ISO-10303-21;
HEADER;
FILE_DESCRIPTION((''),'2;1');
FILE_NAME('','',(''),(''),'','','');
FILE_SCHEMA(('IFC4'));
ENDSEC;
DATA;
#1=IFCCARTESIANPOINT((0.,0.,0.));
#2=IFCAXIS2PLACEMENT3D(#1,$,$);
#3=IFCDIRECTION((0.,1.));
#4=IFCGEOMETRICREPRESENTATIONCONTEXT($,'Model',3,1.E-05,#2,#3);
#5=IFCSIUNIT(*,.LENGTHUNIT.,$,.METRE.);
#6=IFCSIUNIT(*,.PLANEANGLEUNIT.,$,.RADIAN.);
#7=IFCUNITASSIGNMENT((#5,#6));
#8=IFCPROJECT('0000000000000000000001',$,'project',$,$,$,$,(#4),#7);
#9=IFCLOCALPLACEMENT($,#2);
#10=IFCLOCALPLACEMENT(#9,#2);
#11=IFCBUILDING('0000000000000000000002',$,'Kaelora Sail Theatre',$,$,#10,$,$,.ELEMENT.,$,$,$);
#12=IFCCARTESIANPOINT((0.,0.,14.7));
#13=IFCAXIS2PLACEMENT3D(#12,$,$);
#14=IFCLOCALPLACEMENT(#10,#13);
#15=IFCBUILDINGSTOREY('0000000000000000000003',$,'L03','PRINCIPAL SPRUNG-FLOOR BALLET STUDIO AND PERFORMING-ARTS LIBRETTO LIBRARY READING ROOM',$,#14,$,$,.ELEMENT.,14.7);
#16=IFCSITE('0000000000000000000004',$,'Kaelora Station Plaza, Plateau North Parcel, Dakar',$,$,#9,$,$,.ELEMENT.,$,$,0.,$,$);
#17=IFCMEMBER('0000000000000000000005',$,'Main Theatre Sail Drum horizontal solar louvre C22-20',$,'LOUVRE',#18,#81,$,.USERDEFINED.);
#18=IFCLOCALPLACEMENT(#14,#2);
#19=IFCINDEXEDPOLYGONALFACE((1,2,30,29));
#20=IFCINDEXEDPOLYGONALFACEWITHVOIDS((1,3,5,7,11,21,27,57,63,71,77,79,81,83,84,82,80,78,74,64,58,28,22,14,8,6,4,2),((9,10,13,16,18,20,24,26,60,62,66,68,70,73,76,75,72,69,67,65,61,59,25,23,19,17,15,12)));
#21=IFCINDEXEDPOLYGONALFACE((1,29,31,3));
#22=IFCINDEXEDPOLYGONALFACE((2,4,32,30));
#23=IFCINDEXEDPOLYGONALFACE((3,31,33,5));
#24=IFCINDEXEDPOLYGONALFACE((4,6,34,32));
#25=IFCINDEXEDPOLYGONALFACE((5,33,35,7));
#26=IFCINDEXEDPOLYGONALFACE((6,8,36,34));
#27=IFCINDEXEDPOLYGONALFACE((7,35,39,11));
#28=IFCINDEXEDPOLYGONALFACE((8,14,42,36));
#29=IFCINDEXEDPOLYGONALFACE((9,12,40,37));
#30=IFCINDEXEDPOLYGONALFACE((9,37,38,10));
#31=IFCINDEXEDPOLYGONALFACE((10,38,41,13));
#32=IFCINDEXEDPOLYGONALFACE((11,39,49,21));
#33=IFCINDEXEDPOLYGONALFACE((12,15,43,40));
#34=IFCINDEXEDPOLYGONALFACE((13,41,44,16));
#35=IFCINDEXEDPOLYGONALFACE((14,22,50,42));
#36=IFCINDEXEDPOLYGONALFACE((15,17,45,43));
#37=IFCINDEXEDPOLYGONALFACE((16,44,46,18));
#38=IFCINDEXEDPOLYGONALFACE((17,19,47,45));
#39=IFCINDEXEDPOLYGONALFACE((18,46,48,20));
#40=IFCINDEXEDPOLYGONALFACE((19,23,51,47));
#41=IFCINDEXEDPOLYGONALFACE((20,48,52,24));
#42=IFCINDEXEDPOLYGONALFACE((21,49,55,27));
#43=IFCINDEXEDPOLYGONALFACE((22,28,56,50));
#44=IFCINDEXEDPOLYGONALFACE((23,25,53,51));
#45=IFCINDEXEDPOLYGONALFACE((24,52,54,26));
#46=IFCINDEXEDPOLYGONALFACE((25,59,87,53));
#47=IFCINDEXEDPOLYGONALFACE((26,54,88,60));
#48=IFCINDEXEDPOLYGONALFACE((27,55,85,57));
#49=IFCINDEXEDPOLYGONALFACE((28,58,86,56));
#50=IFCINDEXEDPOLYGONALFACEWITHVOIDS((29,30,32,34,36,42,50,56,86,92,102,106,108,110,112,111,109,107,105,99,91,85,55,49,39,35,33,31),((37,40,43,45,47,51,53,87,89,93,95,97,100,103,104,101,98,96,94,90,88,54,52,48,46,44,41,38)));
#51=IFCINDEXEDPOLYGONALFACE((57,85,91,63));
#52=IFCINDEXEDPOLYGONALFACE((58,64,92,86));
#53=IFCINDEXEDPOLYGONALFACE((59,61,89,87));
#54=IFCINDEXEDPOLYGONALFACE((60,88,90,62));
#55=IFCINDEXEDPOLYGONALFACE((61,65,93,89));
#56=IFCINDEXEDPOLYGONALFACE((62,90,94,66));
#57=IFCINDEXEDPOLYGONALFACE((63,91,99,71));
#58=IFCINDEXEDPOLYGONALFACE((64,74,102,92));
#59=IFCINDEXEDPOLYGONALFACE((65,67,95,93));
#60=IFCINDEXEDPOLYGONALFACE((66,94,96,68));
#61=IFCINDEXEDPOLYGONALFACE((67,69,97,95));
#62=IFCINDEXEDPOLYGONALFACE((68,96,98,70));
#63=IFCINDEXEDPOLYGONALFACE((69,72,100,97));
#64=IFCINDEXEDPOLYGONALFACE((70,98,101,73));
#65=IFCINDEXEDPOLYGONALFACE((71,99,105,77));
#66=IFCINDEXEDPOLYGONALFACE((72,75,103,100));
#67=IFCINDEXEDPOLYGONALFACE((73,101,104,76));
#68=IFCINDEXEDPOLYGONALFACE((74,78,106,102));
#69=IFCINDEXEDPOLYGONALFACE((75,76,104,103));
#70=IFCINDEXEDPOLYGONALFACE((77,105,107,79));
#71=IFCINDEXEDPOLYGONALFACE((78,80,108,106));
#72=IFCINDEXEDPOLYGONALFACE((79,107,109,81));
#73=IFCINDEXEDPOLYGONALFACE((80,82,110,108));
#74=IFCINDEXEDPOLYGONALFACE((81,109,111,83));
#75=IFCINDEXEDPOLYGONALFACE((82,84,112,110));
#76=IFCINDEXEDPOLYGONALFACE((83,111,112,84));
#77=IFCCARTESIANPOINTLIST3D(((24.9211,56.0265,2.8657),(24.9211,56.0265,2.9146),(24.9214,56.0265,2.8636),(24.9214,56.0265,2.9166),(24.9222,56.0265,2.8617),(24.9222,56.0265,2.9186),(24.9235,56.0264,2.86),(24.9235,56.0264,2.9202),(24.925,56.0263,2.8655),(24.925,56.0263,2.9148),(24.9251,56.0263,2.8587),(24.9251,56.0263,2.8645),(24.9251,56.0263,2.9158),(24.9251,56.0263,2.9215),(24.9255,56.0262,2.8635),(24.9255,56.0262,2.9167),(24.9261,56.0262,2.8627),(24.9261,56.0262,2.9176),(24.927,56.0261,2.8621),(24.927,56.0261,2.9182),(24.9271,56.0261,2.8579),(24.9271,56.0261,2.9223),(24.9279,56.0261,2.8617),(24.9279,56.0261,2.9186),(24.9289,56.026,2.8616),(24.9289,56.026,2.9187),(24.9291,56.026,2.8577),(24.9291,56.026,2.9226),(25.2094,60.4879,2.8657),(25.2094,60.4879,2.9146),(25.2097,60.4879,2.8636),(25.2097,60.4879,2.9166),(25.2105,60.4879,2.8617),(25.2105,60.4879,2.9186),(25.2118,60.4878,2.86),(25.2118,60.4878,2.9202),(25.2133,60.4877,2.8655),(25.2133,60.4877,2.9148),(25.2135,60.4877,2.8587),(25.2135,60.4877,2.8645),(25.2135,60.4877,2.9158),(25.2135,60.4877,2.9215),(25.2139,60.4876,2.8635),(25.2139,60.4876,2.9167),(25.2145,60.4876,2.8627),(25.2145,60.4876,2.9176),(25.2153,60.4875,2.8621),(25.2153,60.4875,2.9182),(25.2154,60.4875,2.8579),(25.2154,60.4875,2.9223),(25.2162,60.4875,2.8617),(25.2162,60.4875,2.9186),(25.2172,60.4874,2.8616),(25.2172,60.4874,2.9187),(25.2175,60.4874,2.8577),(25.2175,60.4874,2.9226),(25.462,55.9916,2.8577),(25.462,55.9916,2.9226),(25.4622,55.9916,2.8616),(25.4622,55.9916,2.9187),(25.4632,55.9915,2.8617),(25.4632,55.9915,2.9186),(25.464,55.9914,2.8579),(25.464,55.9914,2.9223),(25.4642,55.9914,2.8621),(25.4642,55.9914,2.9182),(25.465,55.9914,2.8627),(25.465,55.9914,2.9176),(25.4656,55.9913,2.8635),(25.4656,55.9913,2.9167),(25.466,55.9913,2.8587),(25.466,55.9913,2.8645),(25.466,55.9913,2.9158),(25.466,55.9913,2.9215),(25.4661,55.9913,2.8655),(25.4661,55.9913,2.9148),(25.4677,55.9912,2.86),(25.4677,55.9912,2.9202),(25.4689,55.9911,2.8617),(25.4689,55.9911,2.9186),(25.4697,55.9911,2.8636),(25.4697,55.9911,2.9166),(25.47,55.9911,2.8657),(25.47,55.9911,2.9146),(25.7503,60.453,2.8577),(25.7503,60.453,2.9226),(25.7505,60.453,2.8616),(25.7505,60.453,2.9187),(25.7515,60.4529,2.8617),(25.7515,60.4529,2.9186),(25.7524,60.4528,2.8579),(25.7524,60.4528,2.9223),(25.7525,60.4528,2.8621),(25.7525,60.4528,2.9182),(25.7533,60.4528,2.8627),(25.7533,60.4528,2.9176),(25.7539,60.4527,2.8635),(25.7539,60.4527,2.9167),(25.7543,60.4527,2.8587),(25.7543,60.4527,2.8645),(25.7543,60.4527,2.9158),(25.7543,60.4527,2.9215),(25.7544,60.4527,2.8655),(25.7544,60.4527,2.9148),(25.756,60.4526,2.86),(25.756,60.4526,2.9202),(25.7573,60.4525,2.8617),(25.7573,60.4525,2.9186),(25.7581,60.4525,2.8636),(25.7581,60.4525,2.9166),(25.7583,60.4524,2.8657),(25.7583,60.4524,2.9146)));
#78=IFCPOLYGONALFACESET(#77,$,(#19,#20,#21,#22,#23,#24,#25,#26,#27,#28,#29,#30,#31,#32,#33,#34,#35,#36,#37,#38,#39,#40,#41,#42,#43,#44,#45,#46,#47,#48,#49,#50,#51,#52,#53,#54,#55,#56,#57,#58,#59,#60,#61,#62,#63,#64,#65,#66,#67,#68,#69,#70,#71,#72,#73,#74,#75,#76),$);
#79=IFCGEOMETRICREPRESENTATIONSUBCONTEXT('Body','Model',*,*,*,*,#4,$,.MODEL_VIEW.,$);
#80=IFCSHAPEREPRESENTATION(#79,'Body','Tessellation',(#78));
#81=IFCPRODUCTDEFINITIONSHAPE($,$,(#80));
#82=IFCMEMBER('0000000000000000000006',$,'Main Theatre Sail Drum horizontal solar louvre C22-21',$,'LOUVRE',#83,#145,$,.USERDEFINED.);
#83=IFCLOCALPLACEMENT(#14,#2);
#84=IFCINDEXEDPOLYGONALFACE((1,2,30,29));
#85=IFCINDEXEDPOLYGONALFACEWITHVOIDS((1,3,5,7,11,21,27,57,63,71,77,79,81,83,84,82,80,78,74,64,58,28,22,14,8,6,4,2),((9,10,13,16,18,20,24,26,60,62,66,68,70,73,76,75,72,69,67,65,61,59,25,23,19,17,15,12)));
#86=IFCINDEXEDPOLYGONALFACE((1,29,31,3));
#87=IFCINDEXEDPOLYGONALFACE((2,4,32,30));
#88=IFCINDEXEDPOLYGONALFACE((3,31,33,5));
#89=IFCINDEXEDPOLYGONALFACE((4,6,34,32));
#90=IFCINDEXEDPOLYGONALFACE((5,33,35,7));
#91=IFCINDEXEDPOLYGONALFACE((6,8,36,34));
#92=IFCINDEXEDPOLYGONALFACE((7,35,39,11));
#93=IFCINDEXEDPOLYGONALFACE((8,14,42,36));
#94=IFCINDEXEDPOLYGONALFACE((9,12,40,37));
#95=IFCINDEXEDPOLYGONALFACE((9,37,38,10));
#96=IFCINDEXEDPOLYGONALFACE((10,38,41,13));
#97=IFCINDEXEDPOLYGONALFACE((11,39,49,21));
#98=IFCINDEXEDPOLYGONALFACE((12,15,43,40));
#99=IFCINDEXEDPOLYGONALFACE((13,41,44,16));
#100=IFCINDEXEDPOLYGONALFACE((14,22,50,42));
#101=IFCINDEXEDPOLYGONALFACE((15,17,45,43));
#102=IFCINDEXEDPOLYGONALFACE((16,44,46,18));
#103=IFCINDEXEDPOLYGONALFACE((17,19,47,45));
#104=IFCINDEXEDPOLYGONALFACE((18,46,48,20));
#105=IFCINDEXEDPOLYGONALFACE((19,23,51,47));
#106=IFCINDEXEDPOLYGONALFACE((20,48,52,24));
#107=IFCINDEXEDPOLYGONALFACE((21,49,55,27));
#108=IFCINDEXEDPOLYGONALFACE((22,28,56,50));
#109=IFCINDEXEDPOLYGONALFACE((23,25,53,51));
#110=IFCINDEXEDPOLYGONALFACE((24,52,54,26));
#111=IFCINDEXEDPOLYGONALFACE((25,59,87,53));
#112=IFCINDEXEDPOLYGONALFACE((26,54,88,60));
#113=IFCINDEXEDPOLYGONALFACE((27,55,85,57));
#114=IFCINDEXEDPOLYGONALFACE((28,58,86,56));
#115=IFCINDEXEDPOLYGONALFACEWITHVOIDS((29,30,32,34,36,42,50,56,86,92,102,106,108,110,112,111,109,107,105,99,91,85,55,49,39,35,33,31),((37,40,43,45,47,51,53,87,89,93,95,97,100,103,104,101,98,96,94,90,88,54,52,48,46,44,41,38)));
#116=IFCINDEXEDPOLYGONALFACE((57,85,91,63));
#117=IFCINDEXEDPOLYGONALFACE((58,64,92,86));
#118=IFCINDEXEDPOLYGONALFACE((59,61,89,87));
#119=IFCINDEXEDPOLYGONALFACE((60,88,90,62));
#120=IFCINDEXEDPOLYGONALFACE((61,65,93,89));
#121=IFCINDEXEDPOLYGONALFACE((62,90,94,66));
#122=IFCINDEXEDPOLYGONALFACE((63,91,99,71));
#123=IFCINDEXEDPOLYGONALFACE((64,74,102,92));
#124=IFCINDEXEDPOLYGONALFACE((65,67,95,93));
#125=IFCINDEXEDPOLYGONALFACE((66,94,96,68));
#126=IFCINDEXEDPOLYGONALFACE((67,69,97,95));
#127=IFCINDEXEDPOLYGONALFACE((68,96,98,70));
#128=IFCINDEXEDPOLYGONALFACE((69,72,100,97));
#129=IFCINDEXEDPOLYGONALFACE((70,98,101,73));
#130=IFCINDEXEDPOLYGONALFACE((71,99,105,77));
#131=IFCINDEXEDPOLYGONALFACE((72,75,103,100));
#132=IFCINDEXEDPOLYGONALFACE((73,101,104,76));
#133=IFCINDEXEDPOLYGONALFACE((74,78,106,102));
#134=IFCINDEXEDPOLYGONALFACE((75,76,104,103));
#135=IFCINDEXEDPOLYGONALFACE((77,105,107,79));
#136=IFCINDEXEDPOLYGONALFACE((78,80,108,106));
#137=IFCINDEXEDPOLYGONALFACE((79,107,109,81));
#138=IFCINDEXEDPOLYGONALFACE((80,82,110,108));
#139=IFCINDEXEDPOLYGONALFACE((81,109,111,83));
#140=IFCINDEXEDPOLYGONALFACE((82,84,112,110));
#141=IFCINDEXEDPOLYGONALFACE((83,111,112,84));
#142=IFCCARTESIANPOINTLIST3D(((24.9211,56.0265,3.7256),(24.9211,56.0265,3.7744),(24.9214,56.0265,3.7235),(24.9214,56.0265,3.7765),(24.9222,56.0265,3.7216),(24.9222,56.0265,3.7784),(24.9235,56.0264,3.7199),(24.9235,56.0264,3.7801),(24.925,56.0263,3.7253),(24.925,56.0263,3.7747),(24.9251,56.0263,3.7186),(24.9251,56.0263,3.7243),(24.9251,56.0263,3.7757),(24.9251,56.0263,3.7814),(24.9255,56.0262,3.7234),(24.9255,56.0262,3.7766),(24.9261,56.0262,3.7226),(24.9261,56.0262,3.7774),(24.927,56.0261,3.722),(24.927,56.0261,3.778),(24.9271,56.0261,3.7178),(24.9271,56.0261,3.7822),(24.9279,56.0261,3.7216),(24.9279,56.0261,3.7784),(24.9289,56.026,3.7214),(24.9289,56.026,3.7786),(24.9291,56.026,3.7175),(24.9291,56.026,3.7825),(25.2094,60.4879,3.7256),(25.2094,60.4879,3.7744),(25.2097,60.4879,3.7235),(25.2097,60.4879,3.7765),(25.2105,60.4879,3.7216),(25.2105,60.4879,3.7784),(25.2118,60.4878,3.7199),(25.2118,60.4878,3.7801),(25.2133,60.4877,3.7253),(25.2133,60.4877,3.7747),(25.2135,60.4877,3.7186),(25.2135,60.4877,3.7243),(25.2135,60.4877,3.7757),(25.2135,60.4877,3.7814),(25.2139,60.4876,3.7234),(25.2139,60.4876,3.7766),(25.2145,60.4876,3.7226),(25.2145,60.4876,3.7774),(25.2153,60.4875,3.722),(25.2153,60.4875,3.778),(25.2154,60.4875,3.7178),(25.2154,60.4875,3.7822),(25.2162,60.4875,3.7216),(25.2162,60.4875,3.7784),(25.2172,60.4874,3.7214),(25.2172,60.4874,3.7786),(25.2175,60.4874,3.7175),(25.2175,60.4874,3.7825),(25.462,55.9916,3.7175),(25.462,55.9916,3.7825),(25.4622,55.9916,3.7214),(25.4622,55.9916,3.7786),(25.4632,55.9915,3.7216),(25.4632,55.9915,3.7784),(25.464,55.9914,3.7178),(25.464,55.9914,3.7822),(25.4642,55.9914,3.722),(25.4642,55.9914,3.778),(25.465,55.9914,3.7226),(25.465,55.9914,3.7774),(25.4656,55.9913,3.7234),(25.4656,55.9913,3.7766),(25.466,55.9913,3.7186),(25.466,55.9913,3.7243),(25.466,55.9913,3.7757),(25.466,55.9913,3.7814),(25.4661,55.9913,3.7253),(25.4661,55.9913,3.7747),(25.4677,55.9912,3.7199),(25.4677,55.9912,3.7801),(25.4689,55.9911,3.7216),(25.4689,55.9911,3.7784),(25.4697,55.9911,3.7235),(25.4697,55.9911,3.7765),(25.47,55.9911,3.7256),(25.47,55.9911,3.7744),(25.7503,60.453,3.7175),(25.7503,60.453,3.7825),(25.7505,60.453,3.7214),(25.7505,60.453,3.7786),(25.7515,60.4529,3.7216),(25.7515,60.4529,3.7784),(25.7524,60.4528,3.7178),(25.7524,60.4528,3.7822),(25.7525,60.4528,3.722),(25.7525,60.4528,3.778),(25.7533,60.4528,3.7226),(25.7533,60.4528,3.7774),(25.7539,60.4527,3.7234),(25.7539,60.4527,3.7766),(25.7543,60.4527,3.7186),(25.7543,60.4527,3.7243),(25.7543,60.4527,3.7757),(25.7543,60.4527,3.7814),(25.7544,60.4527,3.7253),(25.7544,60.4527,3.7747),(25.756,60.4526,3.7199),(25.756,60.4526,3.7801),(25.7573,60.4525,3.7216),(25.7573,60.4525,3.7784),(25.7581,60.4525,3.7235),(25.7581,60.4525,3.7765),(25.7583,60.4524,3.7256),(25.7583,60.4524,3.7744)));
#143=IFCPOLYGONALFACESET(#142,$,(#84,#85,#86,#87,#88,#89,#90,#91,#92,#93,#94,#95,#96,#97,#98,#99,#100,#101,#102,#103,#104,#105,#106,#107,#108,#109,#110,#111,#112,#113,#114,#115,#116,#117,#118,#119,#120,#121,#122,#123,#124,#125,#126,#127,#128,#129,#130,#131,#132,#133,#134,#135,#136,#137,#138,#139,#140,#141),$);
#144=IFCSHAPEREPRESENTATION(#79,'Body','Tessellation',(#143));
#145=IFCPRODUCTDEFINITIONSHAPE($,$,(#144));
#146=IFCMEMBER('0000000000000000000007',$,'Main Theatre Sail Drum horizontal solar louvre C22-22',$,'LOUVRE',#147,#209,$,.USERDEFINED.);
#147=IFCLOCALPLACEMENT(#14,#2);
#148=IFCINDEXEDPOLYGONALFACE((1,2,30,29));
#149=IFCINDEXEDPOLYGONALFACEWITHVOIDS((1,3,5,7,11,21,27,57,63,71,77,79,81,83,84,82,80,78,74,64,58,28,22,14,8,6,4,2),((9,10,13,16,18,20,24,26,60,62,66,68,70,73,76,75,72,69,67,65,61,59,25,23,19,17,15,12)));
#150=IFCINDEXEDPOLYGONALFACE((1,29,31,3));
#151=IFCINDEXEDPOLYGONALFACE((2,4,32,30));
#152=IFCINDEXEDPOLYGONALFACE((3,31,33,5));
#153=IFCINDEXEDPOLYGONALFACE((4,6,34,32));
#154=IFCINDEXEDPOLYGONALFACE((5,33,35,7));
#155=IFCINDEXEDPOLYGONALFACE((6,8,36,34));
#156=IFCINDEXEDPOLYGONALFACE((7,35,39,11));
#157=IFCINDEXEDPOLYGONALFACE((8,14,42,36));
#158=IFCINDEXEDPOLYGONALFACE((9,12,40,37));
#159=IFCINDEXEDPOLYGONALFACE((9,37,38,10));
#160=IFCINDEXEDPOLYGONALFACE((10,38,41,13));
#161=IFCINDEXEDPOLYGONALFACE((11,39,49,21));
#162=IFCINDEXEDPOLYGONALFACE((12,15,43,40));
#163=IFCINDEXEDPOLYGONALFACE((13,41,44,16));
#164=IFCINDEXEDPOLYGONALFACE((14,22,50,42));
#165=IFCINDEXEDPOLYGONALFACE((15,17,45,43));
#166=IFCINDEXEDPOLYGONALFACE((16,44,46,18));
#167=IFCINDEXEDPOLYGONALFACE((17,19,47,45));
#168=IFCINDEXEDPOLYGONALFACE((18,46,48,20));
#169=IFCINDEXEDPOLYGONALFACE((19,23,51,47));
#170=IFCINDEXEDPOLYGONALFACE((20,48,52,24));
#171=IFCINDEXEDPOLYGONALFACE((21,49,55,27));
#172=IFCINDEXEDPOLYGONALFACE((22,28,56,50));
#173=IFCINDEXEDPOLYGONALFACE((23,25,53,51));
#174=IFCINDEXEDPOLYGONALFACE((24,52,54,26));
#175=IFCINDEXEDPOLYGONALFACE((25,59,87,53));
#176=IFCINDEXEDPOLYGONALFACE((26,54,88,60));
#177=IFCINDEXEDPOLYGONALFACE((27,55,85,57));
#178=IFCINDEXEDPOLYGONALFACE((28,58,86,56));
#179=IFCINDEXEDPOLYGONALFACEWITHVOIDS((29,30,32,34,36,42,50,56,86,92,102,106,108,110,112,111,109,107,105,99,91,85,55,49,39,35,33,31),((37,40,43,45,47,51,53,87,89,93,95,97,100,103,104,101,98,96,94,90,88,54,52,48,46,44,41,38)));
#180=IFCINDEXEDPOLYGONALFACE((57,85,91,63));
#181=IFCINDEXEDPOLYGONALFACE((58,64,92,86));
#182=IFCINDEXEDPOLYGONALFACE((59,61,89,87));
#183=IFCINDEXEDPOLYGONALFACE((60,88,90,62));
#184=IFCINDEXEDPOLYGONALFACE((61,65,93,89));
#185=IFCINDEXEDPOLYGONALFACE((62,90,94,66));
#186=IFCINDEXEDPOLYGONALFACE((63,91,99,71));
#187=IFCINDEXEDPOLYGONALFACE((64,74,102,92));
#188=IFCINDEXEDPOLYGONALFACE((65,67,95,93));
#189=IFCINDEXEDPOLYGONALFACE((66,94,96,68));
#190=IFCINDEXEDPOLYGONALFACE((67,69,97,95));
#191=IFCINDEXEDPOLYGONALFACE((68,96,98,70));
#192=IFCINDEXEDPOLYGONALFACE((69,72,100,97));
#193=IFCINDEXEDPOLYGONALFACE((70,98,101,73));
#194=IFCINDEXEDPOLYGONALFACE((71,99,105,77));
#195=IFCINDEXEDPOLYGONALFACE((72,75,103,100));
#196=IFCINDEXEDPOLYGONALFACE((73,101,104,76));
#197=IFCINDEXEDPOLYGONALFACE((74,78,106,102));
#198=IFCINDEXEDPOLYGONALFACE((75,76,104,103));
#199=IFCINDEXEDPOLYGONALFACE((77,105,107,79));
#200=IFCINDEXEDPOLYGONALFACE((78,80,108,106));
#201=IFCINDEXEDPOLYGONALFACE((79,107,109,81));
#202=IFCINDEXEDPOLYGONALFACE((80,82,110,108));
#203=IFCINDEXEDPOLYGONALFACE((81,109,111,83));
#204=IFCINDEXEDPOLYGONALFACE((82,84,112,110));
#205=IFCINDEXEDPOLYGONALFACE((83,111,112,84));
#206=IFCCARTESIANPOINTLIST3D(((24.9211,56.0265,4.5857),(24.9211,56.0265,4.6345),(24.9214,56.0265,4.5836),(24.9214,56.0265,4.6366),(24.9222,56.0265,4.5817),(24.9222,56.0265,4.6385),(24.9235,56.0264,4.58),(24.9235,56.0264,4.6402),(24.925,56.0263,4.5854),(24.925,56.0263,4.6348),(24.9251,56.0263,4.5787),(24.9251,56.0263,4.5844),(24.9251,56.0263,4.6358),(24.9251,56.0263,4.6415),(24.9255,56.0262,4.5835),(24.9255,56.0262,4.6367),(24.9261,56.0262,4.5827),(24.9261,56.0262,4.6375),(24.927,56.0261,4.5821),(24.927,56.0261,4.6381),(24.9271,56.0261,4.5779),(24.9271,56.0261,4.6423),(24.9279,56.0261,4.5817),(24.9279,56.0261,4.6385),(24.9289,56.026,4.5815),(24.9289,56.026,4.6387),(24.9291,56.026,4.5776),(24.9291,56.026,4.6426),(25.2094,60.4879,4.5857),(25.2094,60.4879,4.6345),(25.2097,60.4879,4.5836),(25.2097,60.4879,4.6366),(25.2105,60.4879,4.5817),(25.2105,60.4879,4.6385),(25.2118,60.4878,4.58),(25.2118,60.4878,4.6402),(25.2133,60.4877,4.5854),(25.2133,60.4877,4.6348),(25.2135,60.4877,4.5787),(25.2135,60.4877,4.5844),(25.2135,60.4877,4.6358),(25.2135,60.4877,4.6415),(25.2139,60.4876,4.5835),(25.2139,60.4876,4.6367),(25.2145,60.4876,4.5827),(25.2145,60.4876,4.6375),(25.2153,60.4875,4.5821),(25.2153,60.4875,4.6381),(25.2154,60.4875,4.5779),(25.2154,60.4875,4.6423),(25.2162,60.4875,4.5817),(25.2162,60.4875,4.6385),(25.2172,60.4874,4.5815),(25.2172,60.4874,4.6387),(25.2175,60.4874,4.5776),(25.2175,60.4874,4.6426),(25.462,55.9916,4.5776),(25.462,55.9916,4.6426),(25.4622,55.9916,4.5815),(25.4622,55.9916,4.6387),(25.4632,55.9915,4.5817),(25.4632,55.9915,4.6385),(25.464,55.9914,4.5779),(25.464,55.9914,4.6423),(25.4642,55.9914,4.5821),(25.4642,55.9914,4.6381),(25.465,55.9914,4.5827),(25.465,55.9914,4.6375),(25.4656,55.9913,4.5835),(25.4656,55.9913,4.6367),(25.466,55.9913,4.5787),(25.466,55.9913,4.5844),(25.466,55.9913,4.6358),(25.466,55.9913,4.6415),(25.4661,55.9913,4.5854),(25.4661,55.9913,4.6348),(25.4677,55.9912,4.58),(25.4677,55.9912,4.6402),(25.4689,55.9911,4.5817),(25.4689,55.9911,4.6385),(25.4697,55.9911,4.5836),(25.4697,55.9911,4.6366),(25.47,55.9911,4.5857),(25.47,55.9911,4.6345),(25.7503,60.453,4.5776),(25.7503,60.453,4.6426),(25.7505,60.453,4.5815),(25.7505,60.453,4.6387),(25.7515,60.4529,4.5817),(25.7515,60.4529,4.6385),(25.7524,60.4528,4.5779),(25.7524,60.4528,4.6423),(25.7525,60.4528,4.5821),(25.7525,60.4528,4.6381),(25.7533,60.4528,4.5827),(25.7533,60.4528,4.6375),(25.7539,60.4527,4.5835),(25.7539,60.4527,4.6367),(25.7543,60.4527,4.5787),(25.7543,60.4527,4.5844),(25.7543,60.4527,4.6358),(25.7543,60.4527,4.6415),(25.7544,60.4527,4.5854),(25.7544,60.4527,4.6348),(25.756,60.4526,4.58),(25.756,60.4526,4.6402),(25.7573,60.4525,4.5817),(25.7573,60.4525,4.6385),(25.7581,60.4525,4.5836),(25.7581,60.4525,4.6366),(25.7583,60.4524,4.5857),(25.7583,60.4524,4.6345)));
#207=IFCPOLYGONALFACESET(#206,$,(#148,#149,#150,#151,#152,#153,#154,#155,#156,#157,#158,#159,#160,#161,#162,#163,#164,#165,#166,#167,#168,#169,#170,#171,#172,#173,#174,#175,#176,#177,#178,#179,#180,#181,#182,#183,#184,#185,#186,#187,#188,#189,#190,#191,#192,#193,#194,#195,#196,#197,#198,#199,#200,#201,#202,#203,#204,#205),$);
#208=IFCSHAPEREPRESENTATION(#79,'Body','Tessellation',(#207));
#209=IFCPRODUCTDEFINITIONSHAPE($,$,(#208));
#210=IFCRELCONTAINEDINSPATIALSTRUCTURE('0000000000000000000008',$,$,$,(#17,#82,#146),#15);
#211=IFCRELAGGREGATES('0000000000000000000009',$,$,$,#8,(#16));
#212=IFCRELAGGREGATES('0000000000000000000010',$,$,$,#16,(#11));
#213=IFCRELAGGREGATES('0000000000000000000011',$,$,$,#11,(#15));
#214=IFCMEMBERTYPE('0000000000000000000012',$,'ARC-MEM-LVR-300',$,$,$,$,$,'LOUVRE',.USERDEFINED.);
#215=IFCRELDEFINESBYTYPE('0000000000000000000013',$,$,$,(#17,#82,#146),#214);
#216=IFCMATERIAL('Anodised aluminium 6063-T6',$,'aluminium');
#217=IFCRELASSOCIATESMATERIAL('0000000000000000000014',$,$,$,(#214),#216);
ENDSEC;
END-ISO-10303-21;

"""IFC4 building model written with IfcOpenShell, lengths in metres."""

from ifc_helpers import new_model, si_unit, direction, frame, origin, origin_2d, place, context, subcontext, project, spatial, hollow_rectangle, extrude, material, material_profile, profile_set, type_object, element, save


model = new_model("IFC4")

# Units and contexts
model_context = context("Model", 3, precision=1e-05, world=origin(), true_north=direction((0.0, 1.0)))
body_context = subcontext(model_context, "Body", "Model", "MODEL_VIEW")
ifc_project = project(units=[si_unit("LENGTHUNIT", "METRE"), si_unit("PLANEANGLEUNIT", "RADIAN")], contexts=[model_context])

# Site, building, storey
site_placement = place(None, origin())
site = spatial("IfcSite", under=ifc_project, at=site_placement, Name="Kaelora Station Plaza, Plateau North Parcel, Dakar", CompositionType="ELEMENT", RefElevation=0.0)
building_placement = place(site_placement, origin())
building = spatial("IfcBuilding", under=site, at=building_placement, Name="Kaelora Sail Theatre", CompositionType="ELEMENT")
storey_placement = place(building_placement, frame((0.0, 0.0, 14.7)))
storey = spatial("IfcBuildingStorey", under=building, at=storey_placement, Name="L03", Description="PRINCIPAL SPRUNG-FLOOR BALLET STUDIO AND PERFORMING-ARTS LIBRETTO LIBRARY READING ROOM", CompositionType="ELEMENT", Elevation=14.7)

# Members
ifc_material_1 = material(Name="Anodised aluminium 6063-T6", Category="aluminium")
ifc_material_profile_1 = material_profile(ifc_material_1, hollow_rectangle(XDim=0.55, YDim=0.0649, WallThickness=0.0039, InnerFilletRadius=0.0039, OuterFilletRadius=0.0081, at=origin_2d()), Name="LOUVRE 550x65x4")
ifc_profile_set_1 = profile_set([ifc_material_profile_1], Name="Anodised aluminium 6063-T6")
member_type = type_object("IfcMemberType", Name="ARC-MEM-LVR-300", ElementType="LOUVRE", PredefinedType="USERDEFINED", material=ifc_profile_set_1)
for number, where, z_axis, x_axis, name in (
    (1, (25.1956, 56.0088, 2.8901), (0.064493, 0.997918, 0.0), (-0.997918, 0.064493, 0.0), "Main Theatre Sail Drum horizontal solar louvre C22-20"),
    (2, (25.1956, 56.0088, 3.75), (0.064493, 0.997918, 0.0), (-0.997918, 0.064493, 0.0), "Main Theatre Sail Drum horizontal solar louvre C22-21"),
    (3, (25.1956, 56.0088, 4.6101), (0.064493, 0.997918, 0.0), (-0.997918, 0.064493, 0.0), "Main Theatre Sail Drum horizontal solar louvre C22-22"),
):
    element("IfcMember", number, at=place(storey_placement, frame(where, z_axis=z_axis, x_axis=x_axis)), inside=storey, type_object=member_type, Name=name, ObjectType="LOUVRE", PredefinedType="USERDEFINED", context=body_context, shape_type="SweptSolid", body=[
        extrude(hollow_rectangle(XDim=0.55, YDim=0.0649, WallThickness=0.0039, InnerFilletRadius=0.0039, OuterFilletRadius=0.0081, at=origin_2d()), origin(), (0.0, 0.0, 1.0), 4.4707),
    ])

save(model, "model.ifc")
